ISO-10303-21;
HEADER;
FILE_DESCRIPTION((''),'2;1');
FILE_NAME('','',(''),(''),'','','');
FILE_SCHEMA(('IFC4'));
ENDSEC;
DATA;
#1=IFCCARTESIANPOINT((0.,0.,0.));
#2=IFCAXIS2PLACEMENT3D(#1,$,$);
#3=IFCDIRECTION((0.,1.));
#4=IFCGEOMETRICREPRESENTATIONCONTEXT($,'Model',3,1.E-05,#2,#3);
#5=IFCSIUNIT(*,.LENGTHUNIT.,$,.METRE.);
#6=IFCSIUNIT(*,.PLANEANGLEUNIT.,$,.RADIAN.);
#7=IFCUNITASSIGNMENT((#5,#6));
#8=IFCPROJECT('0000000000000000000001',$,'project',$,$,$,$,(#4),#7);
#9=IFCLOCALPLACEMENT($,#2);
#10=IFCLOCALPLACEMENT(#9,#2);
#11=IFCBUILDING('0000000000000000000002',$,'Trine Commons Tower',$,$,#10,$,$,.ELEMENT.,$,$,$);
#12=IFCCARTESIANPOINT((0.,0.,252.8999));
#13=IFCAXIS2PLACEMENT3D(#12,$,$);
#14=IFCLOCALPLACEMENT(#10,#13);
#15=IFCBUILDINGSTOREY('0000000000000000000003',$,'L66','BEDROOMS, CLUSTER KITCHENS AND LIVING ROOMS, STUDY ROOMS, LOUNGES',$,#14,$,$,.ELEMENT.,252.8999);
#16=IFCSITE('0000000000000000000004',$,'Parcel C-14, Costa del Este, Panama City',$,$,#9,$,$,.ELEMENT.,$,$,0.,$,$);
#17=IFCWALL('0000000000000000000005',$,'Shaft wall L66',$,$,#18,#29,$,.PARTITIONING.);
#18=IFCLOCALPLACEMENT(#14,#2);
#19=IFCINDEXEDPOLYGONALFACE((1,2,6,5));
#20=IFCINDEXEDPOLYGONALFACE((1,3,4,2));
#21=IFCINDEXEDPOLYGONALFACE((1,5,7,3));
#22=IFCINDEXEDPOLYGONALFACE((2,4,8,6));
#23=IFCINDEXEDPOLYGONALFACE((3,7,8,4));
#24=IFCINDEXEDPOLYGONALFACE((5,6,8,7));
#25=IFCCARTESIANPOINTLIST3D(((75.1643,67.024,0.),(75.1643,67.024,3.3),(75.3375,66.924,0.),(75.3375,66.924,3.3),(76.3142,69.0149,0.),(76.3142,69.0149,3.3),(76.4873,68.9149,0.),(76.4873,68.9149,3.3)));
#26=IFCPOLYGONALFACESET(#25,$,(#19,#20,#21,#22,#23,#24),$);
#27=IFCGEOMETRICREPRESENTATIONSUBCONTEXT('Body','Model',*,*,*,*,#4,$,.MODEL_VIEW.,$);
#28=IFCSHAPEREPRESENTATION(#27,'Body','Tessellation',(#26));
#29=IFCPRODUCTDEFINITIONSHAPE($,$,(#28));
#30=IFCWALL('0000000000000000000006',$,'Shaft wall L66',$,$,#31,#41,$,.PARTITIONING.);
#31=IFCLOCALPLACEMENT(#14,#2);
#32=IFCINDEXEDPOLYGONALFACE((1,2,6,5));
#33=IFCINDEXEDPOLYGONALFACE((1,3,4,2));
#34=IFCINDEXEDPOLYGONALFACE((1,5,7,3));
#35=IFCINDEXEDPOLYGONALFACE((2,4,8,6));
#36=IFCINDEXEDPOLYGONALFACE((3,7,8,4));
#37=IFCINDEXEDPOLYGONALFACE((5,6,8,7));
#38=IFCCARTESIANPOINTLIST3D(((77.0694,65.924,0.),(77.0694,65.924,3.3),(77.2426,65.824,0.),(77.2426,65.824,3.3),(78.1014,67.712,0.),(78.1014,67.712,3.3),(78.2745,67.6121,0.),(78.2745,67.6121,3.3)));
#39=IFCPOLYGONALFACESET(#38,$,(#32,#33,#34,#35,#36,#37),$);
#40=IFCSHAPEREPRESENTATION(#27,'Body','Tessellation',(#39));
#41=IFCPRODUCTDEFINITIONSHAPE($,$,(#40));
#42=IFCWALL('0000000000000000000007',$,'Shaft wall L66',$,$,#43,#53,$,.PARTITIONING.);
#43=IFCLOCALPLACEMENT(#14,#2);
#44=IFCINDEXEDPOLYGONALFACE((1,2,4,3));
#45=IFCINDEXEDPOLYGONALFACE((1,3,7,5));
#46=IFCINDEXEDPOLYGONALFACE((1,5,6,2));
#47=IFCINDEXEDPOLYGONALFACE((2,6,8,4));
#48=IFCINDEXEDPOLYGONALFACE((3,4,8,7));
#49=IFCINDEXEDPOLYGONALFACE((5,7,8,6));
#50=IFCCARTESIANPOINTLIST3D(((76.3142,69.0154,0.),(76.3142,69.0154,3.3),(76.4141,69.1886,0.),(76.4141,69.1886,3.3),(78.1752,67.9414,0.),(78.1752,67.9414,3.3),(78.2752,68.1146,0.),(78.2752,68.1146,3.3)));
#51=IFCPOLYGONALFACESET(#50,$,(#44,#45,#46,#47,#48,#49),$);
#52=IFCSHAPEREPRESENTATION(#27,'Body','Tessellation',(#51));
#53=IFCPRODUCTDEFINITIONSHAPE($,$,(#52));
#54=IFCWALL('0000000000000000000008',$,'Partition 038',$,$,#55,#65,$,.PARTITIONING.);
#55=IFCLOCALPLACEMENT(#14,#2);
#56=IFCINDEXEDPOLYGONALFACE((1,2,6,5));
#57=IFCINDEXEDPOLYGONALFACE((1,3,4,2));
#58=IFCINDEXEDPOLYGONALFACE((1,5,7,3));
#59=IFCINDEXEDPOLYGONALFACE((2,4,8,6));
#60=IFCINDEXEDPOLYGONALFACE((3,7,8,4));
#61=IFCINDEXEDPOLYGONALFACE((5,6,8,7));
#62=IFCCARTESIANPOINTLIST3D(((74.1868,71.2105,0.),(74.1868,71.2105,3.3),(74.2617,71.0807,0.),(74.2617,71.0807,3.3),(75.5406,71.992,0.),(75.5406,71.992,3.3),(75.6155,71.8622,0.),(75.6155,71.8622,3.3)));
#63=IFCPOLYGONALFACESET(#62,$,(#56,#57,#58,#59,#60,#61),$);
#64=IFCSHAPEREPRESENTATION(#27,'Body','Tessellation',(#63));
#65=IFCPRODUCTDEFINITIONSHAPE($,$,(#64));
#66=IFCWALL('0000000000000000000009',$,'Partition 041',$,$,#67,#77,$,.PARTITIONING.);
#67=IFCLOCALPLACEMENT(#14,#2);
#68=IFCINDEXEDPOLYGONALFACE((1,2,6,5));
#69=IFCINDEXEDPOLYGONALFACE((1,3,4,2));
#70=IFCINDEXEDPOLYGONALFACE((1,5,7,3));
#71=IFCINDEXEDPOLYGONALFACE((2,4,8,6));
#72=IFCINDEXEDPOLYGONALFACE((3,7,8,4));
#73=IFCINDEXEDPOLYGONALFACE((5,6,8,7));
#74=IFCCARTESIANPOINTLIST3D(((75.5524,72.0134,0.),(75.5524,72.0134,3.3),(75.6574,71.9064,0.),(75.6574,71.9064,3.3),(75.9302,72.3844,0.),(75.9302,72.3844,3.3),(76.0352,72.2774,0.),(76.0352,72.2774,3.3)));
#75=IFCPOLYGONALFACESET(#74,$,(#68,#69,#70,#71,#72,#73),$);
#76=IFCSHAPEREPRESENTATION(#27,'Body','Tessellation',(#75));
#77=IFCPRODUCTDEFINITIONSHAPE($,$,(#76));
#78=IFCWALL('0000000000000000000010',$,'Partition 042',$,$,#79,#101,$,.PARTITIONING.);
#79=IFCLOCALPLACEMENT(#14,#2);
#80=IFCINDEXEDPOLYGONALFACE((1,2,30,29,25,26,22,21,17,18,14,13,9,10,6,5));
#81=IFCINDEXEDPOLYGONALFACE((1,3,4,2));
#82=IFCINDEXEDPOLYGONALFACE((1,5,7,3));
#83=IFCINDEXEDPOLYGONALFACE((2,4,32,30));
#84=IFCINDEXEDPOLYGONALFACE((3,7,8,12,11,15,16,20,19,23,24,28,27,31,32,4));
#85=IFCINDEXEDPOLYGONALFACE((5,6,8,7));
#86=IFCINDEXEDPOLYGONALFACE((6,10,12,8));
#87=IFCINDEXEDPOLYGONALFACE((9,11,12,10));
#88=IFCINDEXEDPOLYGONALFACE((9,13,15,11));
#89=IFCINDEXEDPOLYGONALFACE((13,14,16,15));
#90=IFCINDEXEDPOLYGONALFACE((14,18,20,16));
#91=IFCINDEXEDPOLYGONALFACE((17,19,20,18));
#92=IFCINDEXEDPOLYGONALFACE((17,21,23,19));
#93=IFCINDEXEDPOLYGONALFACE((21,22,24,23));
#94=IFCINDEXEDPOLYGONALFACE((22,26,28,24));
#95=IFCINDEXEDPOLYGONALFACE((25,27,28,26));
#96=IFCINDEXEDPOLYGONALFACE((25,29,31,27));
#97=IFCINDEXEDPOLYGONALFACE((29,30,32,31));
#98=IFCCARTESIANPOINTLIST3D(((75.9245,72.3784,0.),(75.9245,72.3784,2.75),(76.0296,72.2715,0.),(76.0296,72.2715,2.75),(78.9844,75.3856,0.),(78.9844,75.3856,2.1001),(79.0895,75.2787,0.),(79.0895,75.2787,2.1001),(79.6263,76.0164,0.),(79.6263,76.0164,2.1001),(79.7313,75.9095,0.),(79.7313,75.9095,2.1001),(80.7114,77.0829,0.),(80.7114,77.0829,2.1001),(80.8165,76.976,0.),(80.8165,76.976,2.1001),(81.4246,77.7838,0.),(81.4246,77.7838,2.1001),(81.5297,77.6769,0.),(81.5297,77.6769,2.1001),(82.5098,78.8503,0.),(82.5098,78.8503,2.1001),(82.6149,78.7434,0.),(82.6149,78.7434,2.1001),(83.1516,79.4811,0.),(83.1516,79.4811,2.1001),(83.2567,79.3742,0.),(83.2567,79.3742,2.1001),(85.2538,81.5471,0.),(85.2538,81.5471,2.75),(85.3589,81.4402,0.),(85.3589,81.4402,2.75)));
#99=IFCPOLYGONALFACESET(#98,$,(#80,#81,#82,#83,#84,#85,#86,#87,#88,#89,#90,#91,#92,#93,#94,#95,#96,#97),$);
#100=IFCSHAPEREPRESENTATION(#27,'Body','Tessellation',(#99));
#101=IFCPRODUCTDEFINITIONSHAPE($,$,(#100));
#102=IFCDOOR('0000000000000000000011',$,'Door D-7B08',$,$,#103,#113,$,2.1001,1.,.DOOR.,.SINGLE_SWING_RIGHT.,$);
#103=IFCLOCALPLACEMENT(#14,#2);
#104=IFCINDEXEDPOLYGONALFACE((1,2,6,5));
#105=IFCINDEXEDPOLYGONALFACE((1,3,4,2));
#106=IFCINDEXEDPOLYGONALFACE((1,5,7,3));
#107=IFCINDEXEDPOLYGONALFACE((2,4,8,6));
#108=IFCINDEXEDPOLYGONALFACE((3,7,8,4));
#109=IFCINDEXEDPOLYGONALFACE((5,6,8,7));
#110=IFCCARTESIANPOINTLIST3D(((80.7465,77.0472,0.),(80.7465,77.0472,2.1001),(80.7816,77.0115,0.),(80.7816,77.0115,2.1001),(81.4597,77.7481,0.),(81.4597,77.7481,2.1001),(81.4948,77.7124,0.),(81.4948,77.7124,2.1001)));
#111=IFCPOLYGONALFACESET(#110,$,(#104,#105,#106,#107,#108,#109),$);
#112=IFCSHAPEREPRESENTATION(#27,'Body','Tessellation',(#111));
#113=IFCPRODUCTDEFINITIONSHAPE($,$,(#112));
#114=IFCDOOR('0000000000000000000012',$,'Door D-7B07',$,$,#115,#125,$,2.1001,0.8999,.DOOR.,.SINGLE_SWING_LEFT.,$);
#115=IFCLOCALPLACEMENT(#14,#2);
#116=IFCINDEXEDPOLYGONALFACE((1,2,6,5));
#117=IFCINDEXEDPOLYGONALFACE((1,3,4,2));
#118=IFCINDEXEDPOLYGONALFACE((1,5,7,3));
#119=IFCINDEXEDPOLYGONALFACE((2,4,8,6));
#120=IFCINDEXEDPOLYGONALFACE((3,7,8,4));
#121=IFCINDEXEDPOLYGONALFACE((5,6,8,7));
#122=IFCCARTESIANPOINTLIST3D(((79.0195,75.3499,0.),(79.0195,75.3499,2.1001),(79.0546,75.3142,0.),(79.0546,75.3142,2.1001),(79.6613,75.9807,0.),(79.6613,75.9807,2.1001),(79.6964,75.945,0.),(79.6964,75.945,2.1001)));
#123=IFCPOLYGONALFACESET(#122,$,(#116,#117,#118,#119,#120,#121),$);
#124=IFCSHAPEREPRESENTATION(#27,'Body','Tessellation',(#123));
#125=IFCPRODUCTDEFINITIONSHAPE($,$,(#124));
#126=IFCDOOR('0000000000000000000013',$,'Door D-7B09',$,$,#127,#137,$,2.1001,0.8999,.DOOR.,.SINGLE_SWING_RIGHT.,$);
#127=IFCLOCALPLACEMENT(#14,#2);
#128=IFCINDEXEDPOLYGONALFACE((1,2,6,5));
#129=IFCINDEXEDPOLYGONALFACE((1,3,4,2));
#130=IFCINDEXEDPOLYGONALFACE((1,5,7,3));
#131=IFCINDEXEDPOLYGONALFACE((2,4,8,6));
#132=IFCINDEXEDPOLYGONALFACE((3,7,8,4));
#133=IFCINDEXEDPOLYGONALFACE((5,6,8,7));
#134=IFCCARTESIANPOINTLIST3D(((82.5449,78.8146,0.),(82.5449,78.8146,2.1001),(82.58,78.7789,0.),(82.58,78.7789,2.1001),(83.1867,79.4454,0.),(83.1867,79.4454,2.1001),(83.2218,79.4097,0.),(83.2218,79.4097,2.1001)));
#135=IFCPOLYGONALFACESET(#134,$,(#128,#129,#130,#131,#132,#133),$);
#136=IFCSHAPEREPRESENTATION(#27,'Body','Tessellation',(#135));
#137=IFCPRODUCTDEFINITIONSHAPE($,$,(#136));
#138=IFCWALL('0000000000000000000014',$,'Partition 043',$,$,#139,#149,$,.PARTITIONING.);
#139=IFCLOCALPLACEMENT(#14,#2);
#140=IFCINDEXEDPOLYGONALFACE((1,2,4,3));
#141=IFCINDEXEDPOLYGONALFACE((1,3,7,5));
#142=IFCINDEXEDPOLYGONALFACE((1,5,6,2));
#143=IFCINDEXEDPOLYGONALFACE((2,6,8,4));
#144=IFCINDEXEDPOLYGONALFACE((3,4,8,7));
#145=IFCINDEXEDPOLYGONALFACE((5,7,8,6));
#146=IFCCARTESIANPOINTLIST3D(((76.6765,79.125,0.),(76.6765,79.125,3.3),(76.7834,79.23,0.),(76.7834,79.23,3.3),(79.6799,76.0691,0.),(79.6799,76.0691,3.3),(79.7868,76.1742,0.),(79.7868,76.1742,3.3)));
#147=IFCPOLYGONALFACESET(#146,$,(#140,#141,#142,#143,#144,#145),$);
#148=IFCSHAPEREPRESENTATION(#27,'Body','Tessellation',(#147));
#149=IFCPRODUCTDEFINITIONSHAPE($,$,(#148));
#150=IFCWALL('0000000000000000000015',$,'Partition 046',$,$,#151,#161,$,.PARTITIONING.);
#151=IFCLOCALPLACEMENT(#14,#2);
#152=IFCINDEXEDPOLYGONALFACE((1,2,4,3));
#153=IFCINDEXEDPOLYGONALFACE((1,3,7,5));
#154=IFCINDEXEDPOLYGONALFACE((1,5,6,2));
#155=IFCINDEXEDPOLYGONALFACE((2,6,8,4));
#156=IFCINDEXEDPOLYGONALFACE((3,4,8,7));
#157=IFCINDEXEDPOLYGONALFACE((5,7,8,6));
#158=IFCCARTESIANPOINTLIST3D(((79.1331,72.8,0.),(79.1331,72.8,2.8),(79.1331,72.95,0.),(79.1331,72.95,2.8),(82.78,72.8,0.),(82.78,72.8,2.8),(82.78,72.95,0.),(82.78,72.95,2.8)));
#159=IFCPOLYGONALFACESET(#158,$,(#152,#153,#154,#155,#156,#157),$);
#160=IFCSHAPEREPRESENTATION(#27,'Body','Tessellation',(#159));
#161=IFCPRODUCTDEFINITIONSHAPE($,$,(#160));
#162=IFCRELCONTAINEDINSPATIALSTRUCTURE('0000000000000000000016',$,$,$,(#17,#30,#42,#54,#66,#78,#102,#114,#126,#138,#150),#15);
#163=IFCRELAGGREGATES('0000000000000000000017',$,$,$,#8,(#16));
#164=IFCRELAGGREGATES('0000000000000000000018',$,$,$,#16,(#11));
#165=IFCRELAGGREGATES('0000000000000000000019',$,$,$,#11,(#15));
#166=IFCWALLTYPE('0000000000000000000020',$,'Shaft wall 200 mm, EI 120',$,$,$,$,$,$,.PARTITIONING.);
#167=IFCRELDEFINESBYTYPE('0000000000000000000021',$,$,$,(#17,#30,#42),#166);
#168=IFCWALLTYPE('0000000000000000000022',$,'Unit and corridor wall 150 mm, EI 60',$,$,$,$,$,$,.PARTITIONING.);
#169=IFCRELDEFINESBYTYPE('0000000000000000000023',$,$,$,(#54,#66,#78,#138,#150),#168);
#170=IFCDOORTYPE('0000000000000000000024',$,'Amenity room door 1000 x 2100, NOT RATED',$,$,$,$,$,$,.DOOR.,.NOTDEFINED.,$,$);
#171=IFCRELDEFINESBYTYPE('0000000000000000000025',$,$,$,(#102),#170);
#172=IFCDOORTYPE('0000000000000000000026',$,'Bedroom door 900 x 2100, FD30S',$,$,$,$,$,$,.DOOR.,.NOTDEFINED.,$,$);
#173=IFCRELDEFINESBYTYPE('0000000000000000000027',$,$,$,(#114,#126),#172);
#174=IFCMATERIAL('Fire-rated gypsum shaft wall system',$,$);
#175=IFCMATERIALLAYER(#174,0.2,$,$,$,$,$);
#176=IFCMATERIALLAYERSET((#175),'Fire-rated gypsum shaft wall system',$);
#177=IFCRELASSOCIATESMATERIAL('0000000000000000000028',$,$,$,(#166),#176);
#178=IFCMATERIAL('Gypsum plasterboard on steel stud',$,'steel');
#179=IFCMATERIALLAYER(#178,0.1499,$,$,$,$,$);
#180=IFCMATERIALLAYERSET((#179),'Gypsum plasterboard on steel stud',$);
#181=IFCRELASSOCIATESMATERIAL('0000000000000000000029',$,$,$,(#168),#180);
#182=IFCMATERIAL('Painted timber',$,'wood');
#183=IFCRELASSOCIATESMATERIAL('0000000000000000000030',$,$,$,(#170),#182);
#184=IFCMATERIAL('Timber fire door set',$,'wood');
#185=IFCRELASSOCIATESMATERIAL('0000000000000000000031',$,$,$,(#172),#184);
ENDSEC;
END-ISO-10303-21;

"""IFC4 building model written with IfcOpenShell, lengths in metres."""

from ifc_helpers import new_model, si_unit, direction, frame, frame_2d, origin, place, context, subcontext, project, spatial, rectangle, extrude, material, layer, layer_set, type_object, element, fill, save


model = new_model("IFC4")

# Units and contexts
model_context = context("Model", 3, precision=1e-05, world=origin(), true_north=direction((0.0, 1.0)))
body_context = subcontext(model_context, "Body", "Model", "MODEL_VIEW")
ifc_project = project(units=[si_unit("LENGTHUNIT", "METRE"), si_unit("PLANEANGLEUNIT", "RADIAN")], contexts=[model_context])

# Site, building, storey
site_placement = place(None, origin())
site = spatial("IfcSite", under=ifc_project, at=site_placement, Name="Parcel C-14, Costa del Este, Panama City", CompositionType="ELEMENT", RefElevation=0.0)
building_placement = place(site_placement, origin())
building = spatial("IfcBuilding", under=site, at=building_placement, Name="Trine Commons Tower", CompositionType="ELEMENT")
storey_placement = place(building_placement, frame((0.0, 0.0, 252.8999)))
storey = spatial("IfcBuildingStorey", under=building, at=storey_placement, Name="L66", Description="BEDROOMS, CLUSTER KITCHENS AND LIVING ROOMS, STUDY ROOMS, LOUNGES", CompositionType="ELEMENT", Elevation=252.8999)

# Shared definitions
ifc_material_1 = material(Name="Fire-rated gypsum shaft wall system")

# Walls
ifc_layer_1 = layer(ifc_material_1, 0.2)
ifc_layer_set_1 = layer_set([ifc_layer_1], Name="Fire-rated gypsum shaft wall system")
wall_type_1 = type_object("IfcWallType", Name="Shaft wall 200 mm, EI 120", PredefinedType="PARTITIONING", material=ifc_layer_set_1)
wall_1_placement = place(storey_placement, frame((75.251, 66.9741, 0.0), z_axis=(0.0, 0.0, 1.0), x_axis=(0.500136, 0.865947, 0.0)))
element("IfcWall", 1, at=wall_1_placement, inside=storey, type_object=wall_type_1, Name="Shaft wall L66", PredefinedType="PARTITIONING", context=body_context, shape_type="SweptSolid", body=[
    extrude(rectangle(XDim=2.2991, YDim=0.2, at=frame_2d((1.1494, 0.0))), origin(), (0.0, 0.0, 1.0), 3.3),
])
wall_2_placement = place(storey_placement, frame((77.156, 65.874, 0.0), z_axis=(0.0, 0.0, 1.0), x_axis=(0.499866, 0.866103, 0.0)))
element("IfcWall", 2, at=wall_2_placement, inside=storey, type_object=wall_type_1, Name="Shaft wall L66", PredefinedType="PARTITIONING", context=body_context, shape_type="SweptSolid", body=[
    extrude(rectangle(XDim=2.0645, YDim=0.2, at=frame_2d((1.0322, 0.0))), origin(), (0.0, 0.0, 1.0), 3.3),
])
wall_3_placement = place(storey_placement, frame((78.2251, 68.0281, 0.0), z_axis=(0.0, 0.0, 1.0), x_axis=(-0.866131, 0.499818, 0.0)))
element("IfcWall", 3, at=wall_3_placement, inside=storey, type_object=wall_type_1, Name="Shaft wall L66", PredefinedType="PARTITIONING", context=body_context, shape_type="SweptSolid", body=[
    extrude(rectangle(XDim=2.1487, YDim=0.2, at=frame_2d((1.0742, 0.0))), origin(), (0.0, 0.0, 1.0), 3.3),
])
ifc_material_2 = material(Name="Gypsum plasterboard on steel stud", Category="steel")
ifc_layer_2 = layer(ifc_material_2, 0.1499)
ifc_layer_set_2 = layer_set([ifc_layer_2], Name="Gypsum plasterboard on steel stud")
wall_type_2 = type_object("IfcWallType", Name="Unit and corridor wall 150 mm, EI 60", PredefinedType="PARTITIONING", material=ifc_layer_set_2)
wall_4_placement = place(storey_placement, frame((74.2241, 71.1455, 0.0), z_axis=(0.0, 0.0, 1.0), x_axis=(0.866053, 0.499952, 0.0)))
element("IfcWall", 4, at=wall_4_placement, inside=storey, type_object=wall_type_2, Name="Partition 038", PredefinedType="PARTITIONING", context=body_context, shape_type="SweptSolid", body=[
    extrude(rectangle(XDim=1.5632, YDim=0.1499, at=frame_2d((0.7817, 0.0))), origin(), (0.0, 0.0, 1.0), 3.3),
])
wall_5_placement = place(storey_placement, frame((75.605, 71.96, 0.0), z_axis=(0.0, 0.0, 1.0), x_axis=(0.71353, 0.700624, 0.0)))
element("IfcWall", 5, at=wall_5_placement, inside=storey, type_object=wall_type_2, Name="Partition 041", PredefinedType="PARTITIONING", context=body_context, shape_type="SweptSolid", body=[
    extrude(rectangle(XDim=0.5295, YDim=0.1499, at=frame_2d((0.2646, 0.0))), origin(), (0.0, 0.0, 1.0), 3.3),
])

# Wall, openings, doors
wall_6_placement = place(storey_placement, frame((75.9771, 72.325, 0.0), z_axis=(0.0, 0.0, 1.0), x_axis=(0.713221, 0.70094, 0.0)))
wall_6 = element("IfcWall", 6, at=wall_6_placement, inside=storey, type_object=wall_type_2, Name="Partition 042", PredefinedType="PARTITIONING", context=body_context, shape_type="SweptSolid", body=[
    extrude(rectangle(XDim=13.0806, YDim=0.1499, at=frame_2d((6.5403, 0.0))), origin(), (0.0, 0.0, 1.0), 2.75),
])
opening_1_placement = place(wall_6_placement, frame((4.2903, 0.0, 0.0)))
opening_1 = element("IfcOpeningElement", 7, at=opening_1_placement, cuts=wall_6, PredefinedType="OPENING", context=body_context, shape_type="SweptSolid", body=[
    extrude(rectangle(XDim=0.8999, YDim=2.1001, at=frame_2d((0.45, 1.05))), frame((0.0, 0.085, 0.0), z_axis=(0.0, -1.0, 0.0), x_axis=(1.0, 0.0, 0.0)), (0.0, 0.0, 1.0), 0.1699),
])
opening_2_placement = place(wall_6_placement, frame((6.7117, 0.0, 0.0)))
opening_2 = element("IfcOpeningElement", 8, at=opening_2_placement, cuts=wall_6, PredefinedType="OPENING", context=body_context, shape_type="SweptSolid", body=[
    extrude(rectangle(XDim=1.0, YDim=2.1001, at=frame_2d((0.5, 1.05))), frame((0.0, 0.085, 0.0), z_axis=(0.0, -1.0, 0.0), x_axis=(1.0, 0.0, 0.0)), (0.0, 0.0, 1.0), 0.1699),
])
opening_3_placement = place(wall_6_placement, frame((9.2332, 0.0, 0.0)))
opening_3 = element("IfcOpeningElement", 9, at=opening_3_placement, cuts=wall_6, PredefinedType="OPENING", context=body_context, shape_type="SweptSolid", body=[
    extrude(rectangle(XDim=0.8999, YDim=2.1001, at=frame_2d((0.45, 1.05))), frame((0.0, 0.085, 0.0), z_axis=(0.0, -1.0, 0.0), x_axis=(1.0, 0.0, 0.0)), (0.0, 0.0, 1.0), 0.1699),
])
ifc_material_3 = material(Name="Painted timber", Category="wood")
door_type_1 = type_object("IfcDoorType", Name="Amenity room door 1000 x 2100, NOT RATED", OperationType="NOTDEFINED", PredefinedType="DOOR", material=ifc_material_3)
door_1_placement = place(opening_2_placement, origin())
door_1 = element("IfcDoor", 10, at=door_1_placement, inside=storey, type_object=door_type_1, Name="Door D-7B08", OperationType="SINGLE_SWING_RIGHT", OverallHeight=2.1001, OverallWidth=1.0, PredefinedType="DOOR", context=body_context, shape_type="SweptSolid", body=[
    extrude(rectangle(XDim=1.0, YDim=2.1001, at=frame_2d((0.5, 1.05))), frame((0.0, 0.0249, 0.0), z_axis=(0.0, -1.0, 0.0), x_axis=(1.0, 0.0, 0.0)), (0.0, 0.0, 1.0), 0.05),
])
fill(opening_2, door_1)
ifc_material_4 = material(Name="Timber fire door set", Category="wood")
door_type_2 = type_object("IfcDoorType", Name="Bedroom door 900 x 2100, FD30S", OperationType="NOTDEFINED", PredefinedType="DOOR", material=ifc_material_4)
door_2_placement = place(opening_1_placement, origin())
door_2 = element("IfcDoor", 11, at=door_2_placement, inside=storey, type_object=door_type_2, Name="Door D-7B07", OperationType="SINGLE_SWING_LEFT", OverallHeight=2.1001, OverallWidth=0.8999, PredefinedType="DOOR", context=body_context, shape_type="SweptSolid", body=[
    extrude(rectangle(XDim=0.8999, YDim=2.1001, at=frame_2d((0.45, 1.05))), frame((0.0, 0.0249, 0.0), z_axis=(0.0, -1.0, 0.0), x_axis=(1.0, 0.0, 0.0)), (0.0, 0.0, 1.0), 0.05),
])
fill(opening_1, door_2)
door_3_placement = place(opening_3_placement, origin())
door_3 = element("IfcDoor", 12, at=door_3_placement, inside=storey, type_object=door_type_2, Name="Door D-7B09", OperationType="SINGLE_SWING_RIGHT", OverallHeight=2.1001, OverallWidth=0.8999, PredefinedType="DOOR", context=body_context, shape_type="SweptSolid", body=[
    extrude(rectangle(XDim=0.8999, YDim=2.1001, at=frame_2d((0.45, 1.05))), frame((0.0, 0.0249, 0.0), z_axis=(0.0, -1.0, 0.0), x_axis=(1.0, 0.0, 0.0)), (0.0, 0.0, 1.0), 0.05),
])
fill(opening_3, door_3)

# Walls
wall_7_placement = place(storey_placement, frame((76.73, 79.1775, 0.0), z_axis=(0.0, 0.0, 1.0), x_axis=(0.700955, -0.713205, 0.0)))
element("IfcWall", 13, at=wall_7_placement, inside=storey, type_object=wall_type_2, Name="Partition 043", PredefinedType="PARTITIONING", context=body_context, shape_type="SweptSolid", body=[
    extrude(rectangle(XDim=4.2847, YDim=0.1499, at=frame_2d((2.1423, 0.0))), origin(), (0.0, 0.0, 1.0), 3.3),
])
wall_8_placement = place(storey_placement, frame((79.1331, 72.875, 0.0), z_axis=(0.0, 0.0, 1.0), x_axis=(1.0, 0.0, 0.0)))
element("IfcWall", 14, at=wall_8_placement, inside=storey, type_object=wall_type_2, Name="Partition 046", PredefinedType="PARTITIONING", context=body_context, shape_type="SweptSolid", body=[
    extrude(rectangle(XDim=3.647, YDim=0.1499, at=frame_2d((1.8235, 0.0))), origin(), (0.0, 0.0, 1.0), 2.8),
])

save(model, "model.ifc")
